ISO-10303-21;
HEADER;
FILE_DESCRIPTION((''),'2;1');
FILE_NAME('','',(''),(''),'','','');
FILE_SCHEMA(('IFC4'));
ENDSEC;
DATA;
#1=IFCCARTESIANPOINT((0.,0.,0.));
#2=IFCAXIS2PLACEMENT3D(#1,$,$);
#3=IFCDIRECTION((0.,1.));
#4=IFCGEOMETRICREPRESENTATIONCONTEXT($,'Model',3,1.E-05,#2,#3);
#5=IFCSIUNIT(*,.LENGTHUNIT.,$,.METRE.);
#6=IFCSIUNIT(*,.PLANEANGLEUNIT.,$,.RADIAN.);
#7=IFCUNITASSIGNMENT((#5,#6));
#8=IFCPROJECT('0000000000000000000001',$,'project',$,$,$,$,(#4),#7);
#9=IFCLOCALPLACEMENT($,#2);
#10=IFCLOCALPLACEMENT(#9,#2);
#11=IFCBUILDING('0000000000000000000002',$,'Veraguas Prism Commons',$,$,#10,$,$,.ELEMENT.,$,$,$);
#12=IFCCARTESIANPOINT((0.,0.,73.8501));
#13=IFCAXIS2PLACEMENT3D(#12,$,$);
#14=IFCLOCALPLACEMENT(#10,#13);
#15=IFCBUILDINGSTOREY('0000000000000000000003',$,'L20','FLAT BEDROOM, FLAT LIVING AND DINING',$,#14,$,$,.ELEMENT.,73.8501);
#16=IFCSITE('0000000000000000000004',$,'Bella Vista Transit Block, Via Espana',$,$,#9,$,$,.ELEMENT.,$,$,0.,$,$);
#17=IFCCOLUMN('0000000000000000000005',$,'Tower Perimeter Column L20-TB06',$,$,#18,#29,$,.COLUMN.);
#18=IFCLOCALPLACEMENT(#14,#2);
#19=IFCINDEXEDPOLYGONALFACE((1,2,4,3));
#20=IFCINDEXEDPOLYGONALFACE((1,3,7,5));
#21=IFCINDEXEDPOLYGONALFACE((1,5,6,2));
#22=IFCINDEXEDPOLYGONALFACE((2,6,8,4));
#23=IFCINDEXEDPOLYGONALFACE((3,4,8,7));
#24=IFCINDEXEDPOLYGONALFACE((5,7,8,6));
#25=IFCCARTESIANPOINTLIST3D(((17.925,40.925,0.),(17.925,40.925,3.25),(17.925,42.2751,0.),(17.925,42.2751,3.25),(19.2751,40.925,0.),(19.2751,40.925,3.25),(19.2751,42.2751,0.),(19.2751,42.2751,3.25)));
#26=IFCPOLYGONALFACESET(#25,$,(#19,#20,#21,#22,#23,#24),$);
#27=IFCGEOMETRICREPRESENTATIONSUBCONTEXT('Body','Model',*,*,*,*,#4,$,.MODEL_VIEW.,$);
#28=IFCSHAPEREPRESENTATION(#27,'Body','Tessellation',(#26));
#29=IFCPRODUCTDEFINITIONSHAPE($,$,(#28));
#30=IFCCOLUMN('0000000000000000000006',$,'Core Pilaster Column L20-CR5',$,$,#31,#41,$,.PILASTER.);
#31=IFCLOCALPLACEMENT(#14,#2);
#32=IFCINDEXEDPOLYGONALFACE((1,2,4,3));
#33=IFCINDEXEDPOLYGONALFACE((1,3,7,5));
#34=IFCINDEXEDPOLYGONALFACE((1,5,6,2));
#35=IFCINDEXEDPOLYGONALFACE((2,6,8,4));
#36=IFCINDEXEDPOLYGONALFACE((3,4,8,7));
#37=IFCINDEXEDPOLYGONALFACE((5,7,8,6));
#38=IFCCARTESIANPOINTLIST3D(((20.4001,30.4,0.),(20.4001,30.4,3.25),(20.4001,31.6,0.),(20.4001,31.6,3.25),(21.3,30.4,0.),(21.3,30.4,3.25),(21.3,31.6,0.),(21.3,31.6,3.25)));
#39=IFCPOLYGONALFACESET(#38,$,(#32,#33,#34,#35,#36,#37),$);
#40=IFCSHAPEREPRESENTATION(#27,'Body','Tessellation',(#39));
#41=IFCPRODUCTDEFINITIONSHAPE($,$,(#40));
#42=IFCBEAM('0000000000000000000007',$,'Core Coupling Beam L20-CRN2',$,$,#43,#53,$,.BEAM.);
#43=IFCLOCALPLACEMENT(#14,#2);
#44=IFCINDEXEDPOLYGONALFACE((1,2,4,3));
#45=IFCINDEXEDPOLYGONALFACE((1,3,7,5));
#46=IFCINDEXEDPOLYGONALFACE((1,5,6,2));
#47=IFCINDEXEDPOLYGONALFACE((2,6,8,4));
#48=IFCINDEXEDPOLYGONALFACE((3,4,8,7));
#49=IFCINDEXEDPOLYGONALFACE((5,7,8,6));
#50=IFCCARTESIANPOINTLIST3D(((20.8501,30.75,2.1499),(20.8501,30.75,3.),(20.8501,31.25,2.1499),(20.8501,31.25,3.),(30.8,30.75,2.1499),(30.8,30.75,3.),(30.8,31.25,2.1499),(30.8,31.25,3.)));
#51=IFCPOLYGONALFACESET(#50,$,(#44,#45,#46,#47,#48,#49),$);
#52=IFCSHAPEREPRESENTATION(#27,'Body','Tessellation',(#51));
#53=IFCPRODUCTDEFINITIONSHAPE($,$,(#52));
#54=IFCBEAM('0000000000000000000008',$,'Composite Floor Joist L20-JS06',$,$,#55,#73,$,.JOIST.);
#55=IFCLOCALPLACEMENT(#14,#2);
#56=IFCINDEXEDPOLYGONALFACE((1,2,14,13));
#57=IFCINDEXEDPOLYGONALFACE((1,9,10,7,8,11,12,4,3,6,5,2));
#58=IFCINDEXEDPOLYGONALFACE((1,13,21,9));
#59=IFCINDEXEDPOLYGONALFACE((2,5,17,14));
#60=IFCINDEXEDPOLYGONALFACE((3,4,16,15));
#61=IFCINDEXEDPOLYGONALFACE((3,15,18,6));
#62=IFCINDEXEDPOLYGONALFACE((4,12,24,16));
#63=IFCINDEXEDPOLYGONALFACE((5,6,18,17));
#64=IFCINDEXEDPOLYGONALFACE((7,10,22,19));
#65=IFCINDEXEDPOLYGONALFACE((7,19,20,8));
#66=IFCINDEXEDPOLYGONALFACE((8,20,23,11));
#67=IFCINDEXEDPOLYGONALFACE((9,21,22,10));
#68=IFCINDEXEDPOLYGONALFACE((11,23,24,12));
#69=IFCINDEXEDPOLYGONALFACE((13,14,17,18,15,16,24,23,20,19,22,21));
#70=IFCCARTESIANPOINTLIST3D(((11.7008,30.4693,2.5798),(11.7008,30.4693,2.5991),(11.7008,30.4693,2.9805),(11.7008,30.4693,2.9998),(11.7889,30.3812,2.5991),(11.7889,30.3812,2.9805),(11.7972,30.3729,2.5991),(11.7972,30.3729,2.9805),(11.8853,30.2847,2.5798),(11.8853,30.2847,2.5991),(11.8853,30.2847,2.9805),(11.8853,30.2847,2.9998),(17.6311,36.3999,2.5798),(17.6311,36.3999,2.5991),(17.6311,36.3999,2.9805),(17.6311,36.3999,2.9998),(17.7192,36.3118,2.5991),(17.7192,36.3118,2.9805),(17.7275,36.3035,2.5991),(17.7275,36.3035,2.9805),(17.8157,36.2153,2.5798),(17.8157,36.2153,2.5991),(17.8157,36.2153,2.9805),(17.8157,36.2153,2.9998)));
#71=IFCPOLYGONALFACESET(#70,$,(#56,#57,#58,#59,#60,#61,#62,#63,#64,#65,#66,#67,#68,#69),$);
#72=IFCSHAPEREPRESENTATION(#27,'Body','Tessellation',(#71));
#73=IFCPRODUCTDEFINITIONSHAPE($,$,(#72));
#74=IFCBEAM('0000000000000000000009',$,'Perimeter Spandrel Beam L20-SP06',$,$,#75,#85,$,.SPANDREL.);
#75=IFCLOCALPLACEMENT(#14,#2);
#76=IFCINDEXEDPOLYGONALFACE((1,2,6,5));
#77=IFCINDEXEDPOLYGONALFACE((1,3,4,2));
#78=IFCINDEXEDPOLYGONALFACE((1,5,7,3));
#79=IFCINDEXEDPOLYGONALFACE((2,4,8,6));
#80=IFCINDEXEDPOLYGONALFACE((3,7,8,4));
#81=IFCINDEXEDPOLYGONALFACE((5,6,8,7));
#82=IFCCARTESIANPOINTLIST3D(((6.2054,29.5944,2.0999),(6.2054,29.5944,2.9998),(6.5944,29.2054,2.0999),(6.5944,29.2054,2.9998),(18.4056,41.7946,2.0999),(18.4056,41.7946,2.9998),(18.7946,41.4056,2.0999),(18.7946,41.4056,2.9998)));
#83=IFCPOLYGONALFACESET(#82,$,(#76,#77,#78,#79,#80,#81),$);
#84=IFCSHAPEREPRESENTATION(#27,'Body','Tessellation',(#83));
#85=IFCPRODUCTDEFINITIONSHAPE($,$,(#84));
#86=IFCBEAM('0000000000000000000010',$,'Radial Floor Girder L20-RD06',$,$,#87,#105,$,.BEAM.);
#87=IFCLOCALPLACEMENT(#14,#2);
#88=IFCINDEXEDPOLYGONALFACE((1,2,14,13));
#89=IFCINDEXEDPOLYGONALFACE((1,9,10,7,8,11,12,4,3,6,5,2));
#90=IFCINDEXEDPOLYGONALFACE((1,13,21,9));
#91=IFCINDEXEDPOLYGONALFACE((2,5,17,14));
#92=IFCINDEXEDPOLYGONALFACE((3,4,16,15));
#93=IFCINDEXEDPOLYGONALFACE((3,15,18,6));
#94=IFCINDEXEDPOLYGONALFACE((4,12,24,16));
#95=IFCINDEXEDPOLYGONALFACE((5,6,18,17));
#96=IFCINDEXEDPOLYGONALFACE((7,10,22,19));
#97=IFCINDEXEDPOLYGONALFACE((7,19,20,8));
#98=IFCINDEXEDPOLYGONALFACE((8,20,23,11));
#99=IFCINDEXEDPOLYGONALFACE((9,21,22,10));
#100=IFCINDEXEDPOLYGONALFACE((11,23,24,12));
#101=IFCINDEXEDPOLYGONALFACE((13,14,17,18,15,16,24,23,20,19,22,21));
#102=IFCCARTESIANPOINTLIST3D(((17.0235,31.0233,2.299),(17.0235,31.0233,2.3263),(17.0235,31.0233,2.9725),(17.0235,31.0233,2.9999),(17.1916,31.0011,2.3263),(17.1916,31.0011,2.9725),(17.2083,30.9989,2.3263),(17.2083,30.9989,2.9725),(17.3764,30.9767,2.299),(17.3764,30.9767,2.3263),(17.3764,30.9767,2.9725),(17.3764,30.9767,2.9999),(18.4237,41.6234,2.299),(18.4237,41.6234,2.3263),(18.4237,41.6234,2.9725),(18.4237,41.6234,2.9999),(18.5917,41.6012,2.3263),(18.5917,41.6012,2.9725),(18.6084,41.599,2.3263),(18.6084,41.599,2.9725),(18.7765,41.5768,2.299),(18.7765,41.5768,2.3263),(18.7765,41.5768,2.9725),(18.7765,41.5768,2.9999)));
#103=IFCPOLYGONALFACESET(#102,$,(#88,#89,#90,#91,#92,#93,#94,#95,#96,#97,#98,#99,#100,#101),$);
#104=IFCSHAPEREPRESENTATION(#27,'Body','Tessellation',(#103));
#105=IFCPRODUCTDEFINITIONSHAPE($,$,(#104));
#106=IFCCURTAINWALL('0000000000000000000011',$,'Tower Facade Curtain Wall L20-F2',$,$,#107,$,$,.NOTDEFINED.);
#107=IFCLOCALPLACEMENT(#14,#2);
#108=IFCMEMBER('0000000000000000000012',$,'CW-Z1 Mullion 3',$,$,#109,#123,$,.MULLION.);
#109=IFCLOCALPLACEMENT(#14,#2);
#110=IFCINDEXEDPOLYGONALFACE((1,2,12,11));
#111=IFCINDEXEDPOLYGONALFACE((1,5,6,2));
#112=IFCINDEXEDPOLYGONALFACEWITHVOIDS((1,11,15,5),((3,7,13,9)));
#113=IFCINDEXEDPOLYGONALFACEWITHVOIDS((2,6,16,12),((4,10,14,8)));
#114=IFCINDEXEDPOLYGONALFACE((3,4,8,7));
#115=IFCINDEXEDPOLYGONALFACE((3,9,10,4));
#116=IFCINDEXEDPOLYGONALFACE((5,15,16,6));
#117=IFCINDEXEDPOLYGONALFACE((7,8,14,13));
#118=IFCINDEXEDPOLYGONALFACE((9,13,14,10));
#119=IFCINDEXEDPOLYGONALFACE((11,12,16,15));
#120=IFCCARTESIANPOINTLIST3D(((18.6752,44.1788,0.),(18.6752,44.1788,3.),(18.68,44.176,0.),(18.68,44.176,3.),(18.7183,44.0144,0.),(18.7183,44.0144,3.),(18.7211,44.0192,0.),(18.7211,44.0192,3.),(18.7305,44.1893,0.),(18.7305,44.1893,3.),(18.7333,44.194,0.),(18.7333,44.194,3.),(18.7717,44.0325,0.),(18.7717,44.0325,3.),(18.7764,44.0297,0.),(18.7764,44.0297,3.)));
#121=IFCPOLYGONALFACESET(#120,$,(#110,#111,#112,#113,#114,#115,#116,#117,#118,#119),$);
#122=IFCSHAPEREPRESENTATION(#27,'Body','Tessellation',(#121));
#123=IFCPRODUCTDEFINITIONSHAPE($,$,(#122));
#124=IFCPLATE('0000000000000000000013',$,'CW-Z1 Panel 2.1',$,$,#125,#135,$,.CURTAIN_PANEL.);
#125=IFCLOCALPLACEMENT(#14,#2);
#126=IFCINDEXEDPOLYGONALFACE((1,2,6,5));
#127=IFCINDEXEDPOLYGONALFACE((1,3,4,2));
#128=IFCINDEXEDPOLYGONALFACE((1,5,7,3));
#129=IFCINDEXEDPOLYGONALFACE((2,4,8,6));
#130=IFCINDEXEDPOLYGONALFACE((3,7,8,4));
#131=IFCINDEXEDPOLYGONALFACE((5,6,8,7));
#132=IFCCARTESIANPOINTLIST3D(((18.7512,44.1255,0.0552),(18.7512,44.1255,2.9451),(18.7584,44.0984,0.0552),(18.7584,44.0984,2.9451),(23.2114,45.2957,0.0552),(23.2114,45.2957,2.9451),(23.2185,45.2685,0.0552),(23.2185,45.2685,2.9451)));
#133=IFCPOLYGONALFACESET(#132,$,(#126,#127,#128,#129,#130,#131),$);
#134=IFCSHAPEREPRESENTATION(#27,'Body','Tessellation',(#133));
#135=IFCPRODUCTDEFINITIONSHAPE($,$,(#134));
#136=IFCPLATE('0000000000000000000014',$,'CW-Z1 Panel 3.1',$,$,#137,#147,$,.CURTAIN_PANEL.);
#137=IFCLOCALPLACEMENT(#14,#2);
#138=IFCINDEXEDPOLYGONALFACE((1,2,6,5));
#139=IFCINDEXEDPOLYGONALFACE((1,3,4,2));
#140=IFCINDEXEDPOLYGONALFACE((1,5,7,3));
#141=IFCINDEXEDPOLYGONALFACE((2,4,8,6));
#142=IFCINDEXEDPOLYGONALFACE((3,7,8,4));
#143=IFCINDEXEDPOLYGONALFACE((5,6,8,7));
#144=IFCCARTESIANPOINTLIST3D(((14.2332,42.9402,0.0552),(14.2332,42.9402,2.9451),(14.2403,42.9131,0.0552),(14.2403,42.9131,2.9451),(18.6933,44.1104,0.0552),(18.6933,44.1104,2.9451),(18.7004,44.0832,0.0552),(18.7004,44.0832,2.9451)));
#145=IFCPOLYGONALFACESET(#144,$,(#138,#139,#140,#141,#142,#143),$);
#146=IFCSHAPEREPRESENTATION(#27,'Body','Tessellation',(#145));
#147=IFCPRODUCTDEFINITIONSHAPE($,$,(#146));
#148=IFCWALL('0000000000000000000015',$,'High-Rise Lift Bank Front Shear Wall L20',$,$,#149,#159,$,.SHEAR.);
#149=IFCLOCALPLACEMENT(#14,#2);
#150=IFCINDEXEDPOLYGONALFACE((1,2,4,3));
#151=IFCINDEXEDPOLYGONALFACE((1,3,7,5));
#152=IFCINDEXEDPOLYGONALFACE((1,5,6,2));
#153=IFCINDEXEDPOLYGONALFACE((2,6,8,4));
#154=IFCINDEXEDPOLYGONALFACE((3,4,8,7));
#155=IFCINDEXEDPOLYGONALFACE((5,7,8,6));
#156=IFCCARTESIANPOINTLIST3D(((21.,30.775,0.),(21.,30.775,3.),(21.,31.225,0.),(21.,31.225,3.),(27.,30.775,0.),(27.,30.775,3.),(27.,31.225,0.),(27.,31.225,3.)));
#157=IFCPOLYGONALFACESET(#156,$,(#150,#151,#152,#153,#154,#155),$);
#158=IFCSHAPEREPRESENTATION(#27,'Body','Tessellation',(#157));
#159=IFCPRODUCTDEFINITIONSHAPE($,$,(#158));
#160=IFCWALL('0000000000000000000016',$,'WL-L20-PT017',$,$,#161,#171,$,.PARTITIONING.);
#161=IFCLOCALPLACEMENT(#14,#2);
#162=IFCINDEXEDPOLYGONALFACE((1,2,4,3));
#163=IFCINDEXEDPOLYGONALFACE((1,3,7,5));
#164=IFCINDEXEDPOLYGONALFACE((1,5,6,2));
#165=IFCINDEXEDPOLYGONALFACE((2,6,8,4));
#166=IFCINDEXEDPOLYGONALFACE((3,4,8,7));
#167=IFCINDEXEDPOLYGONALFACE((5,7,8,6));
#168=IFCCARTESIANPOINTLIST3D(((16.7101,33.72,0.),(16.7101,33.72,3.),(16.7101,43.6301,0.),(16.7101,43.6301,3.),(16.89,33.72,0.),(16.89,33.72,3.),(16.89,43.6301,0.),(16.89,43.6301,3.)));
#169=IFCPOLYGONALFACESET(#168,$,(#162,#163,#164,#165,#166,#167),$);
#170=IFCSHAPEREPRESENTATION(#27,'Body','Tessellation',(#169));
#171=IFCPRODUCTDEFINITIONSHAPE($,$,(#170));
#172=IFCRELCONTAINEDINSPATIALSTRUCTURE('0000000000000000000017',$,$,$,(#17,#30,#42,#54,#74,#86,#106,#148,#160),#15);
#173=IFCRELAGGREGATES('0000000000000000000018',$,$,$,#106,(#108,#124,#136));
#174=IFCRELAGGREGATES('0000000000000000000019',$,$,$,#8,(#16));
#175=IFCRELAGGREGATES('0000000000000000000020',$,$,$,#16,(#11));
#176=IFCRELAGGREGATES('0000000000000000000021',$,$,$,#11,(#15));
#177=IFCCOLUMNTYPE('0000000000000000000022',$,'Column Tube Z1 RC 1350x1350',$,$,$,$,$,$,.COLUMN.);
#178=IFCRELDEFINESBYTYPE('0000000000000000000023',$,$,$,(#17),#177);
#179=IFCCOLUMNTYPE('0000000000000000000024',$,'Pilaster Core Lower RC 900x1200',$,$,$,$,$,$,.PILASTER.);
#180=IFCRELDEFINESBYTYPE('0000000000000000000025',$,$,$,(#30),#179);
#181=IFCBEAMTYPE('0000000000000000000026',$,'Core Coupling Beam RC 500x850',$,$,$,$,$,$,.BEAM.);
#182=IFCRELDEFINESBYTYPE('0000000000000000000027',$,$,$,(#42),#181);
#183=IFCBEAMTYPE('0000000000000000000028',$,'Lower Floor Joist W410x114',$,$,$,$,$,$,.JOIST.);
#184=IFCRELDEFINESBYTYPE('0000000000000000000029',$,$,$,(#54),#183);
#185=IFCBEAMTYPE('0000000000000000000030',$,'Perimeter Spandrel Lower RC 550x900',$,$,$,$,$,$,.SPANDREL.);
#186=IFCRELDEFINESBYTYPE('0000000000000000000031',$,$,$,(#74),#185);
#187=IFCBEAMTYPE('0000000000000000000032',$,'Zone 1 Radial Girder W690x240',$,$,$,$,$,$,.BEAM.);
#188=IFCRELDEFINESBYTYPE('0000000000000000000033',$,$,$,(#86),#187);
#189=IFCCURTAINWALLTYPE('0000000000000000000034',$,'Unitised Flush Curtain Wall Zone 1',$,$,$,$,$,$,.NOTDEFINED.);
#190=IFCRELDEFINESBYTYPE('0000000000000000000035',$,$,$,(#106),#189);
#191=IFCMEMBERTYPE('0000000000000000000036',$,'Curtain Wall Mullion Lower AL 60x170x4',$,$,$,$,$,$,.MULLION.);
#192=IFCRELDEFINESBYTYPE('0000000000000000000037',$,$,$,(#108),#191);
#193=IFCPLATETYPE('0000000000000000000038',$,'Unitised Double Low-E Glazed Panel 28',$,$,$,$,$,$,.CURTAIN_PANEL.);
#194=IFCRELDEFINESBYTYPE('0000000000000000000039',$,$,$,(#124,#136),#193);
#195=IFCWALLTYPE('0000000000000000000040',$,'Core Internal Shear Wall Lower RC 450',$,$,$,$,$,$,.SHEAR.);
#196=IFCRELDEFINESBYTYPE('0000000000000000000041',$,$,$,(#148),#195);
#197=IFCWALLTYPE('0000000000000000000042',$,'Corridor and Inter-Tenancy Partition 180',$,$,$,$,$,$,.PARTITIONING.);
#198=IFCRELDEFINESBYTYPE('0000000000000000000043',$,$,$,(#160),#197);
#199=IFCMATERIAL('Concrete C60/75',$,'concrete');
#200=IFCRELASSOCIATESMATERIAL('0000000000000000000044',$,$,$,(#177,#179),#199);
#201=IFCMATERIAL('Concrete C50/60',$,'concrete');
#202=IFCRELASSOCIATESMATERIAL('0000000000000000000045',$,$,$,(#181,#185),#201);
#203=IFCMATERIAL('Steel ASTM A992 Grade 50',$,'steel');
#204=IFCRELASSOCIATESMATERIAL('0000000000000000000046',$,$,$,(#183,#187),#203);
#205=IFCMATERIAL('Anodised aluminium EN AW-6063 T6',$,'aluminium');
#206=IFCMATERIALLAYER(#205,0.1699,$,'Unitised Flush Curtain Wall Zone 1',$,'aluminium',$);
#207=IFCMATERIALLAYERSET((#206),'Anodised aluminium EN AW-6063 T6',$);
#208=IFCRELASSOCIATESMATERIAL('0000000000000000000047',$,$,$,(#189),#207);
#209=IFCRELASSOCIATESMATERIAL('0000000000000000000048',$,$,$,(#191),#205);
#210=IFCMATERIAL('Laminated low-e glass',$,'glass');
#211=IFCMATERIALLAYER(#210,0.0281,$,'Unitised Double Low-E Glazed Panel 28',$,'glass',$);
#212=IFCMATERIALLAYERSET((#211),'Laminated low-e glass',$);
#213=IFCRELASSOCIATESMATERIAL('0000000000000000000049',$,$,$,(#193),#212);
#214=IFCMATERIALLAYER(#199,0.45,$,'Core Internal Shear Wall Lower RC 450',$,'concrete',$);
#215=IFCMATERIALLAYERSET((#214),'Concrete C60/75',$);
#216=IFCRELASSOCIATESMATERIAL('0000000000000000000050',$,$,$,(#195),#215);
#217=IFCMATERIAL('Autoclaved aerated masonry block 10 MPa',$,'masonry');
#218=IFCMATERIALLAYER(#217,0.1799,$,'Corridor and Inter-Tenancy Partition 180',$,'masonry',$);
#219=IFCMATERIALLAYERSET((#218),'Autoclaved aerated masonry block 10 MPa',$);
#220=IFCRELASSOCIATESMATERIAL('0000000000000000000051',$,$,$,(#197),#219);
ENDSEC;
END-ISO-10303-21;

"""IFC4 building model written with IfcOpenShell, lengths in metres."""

from ifc_helpers import new_model, si_unit, direction, frame, frame_2d, origin, origin_2d, place, context, subcontext, project, spatial, rectangle, hollow_rectangle, i_section, extrude, source, transform, mapped, material, layer, layer_set, material_profile, profile_set, type_object, element, aggregate, save


model = new_model("IFC4")

# Units and contexts
model_context = context("Model", 3, precision=1e-05, world=origin(), true_north=direction((0.0, 1.0)))
body_context = subcontext(model_context, "Body", "Model", "MODEL_VIEW")
ifc_project = project(units=[si_unit("LENGTHUNIT", "METRE"), si_unit("PLANEANGLEUNIT", "RADIAN")], contexts=[model_context])

# Site, building, storey
site_placement = place(None, origin())
site = spatial("IfcSite", under=ifc_project, at=site_placement, Name="Bella Vista Transit Block, Via Espana", CompositionType="ELEMENT", RefElevation=0.0)
building_placement = place(site_placement, origin())
building = spatial("IfcBuilding", under=site, at=building_placement, Name="Veraguas Prism Commons", CompositionType="ELEMENT")
storey_placement = place(building_placement, frame((0.0, 0.0, 73.8501)))
storey = spatial("IfcBuildingStorey", under=building, at=storey_placement, Name="L20", Description="FLAT BEDROOM, FLAT LIVING AND DINING", CompositionType="ELEMENT", Elevation=73.8501)

# Columns
ifc_material_1 = material(Name="Concrete C60/75", Category="concrete")
ifc_material_profile_1 = material_profile(ifc_material_1, rectangle(XDim=1.3501, YDim=1.3501, at=origin_2d()), Name="RC1350X1350")
ifc_profile_set_1 = profile_set([ifc_material_profile_1], Name="Concrete C60/75")
column_type_1 = type_object("IfcColumnType", Name="Column Tube Z1 RC 1350x1350", PredefinedType="COLUMN", material=ifc_profile_set_1)
column_1_placement = place(storey_placement, frame((18.6001, 41.6001, 0.0), z_axis=(0.0, 0.0, 1.0), x_axis=(1.0, 0.0, 0.0)))
element("IfcColumn", 1, at=column_1_placement, inside=storey, type_object=column_type_1, Name="Tower Perimeter Column L20-TB06", PredefinedType="COLUMN", context=body_context, shape_type="SweptSolid", body=[
    extrude(rectangle(XDim=1.3501, YDim=1.3501, at=origin_2d()), origin(), (0.0, 0.0, 1.0), 3.25),
])
ifc_material_profile_2 = material_profile(ifc_material_1, rectangle(XDim=0.8999, YDim=1.2, at=origin_2d()), Name="RC900X1200")
ifc_profile_set_2 = profile_set([ifc_material_profile_2], Name="Concrete C60/75")
column_type_2 = type_object("IfcColumnType", Name="Pilaster Core Lower RC 900x1200", PredefinedType="PILASTER", material=ifc_profile_set_2)
column_2_placement = place(storey_placement, frame((20.8501, 31.0, 0.0), z_axis=(0.0, 0.0, 1.0), x_axis=(1.0, 0.0, 0.0)))
element("IfcColumn", 2, at=column_2_placement, inside=storey, type_object=column_type_2, Name="Core Pilaster Column L20-CR5", PredefinedType="PILASTER", context=body_context, shape_type="SweptSolid", body=[
    extrude(rectangle(XDim=0.8999, YDim=1.2, at=origin_2d()), origin(), (0.0, 0.0, 1.0), 3.25),
])

# Beams
ifc_material_2 = material(Name="Concrete C50/60", Category="concrete")
ifc_material_profile_3 = material_profile(ifc_material_2, rectangle(XDim=0.5, YDim=0.8501, at=origin_2d()), Name="RC500X850")
ifc_profile_set_3 = profile_set([ifc_material_profile_3], Name="Concrete C50/60")
beam_type_1 = type_object("IfcBeamType", Name="Core Coupling Beam RC 500x850", PredefinedType="BEAM", material=ifc_profile_set_3)
beam_1_placement = place(storey_placement, frame((20.8501, 31.0, 2.575), z_axis=(1.0, 0.0, 0.0), x_axis=(0.0, 1.0, 0.0)))
element("IfcBeam", 3, at=beam_1_placement, inside=storey, type_object=beam_type_1, Name="Core Coupling Beam L20-CRN2", PredefinedType="BEAM", context=body_context, shape_type="SweptSolid", body=[
    extrude(rectangle(XDim=0.5, YDim=0.8501, at=origin_2d()), origin(), (0.0, 0.0, 1.0), 9.95),
])
ifc_material_3 = material(Name="Steel ASTM A992 Grade 50", Category="steel")
ifc_material_profile_4 = material_profile(ifc_material_3, i_section(OverallWidth=0.261, OverallDepth=0.4199, WebThickness=0.0117, FlangeThickness=0.0193, at=origin_2d()), Name="W410X114")
ifc_profile_set_4 = profile_set([ifc_material_profile_4], Name="Steel ASTM A992 Grade 50")
beam_type_2 = type_object("IfcBeamType", Name="Lower Floor Joist W410x114", PredefinedType="JOIST", material=ifc_profile_set_4)
beam_2_placement = place(storey_placement, frame((17.7234, 36.3076, 2.7898), z_axis=(-0.707092, -0.707121, 0.0), x_axis=(0.707121, -0.707092, 0.0)))
element("IfcBeam", 4, at=beam_2_placement, inside=storey, type_object=beam_type_2, Name="Composite Floor Joist L20-JS06", PredefinedType="JOIST", context=body_context, shape_type="SweptSolid", body=[
    extrude(i_section(OverallWidth=0.261, OverallDepth=0.4199, WebThickness=0.0117, FlangeThickness=0.0193, at=origin_2d()), origin(), (0.0, 0.0, 1.0), 8.387),
])
ifc_material_profile_5 = material_profile(ifc_material_2, rectangle(XDim=0.55, YDim=0.8999, at=origin_2d()), Name="RC550X900")
ifc_profile_set_5 = profile_set([ifc_material_profile_5], Name="Concrete C50/60")
beam_type_3 = type_object("IfcBeamType", Name="Perimeter Spandrel Lower RC 550x900", PredefinedType="SPANDREL", material=ifc_profile_set_5)
beam_3_placement = place(storey_placement, frame((18.6001, 41.6001, 2.5498), z_axis=(-0.707107, -0.707107, 0.0), x_axis=(0.707107, -0.707107, 0.0)))
element("IfcBeam", 5, at=beam_3_placement, inside=storey, type_object=beam_type_3, Name="Perimeter Spandrel Beam L20-SP06", PredefinedType="SPANDREL", context=body_context, shape_type="SweptSolid", body=[
    extrude(rectangle(XDim=0.55, YDim=0.8999, at=origin_2d()), origin(), (0.0, 0.0, 1.0), 17.2537),
])
ifc_material_profile_6 = material_profile(ifc_material_3, i_section(OverallWidth=0.356, OverallDepth=0.7009, WebThickness=0.0168, FlangeThickness=0.0273, at=origin_2d()), Name="W690X240")
ifc_profile_set_6 = profile_set([ifc_material_profile_6], Name="Steel ASTM A992 Grade 50")
beam_type_4 = type_object("IfcBeamType", Name="Zone 1 Radial Girder W690x240", PredefinedType="BEAM", material=ifc_profile_set_6)
beam_4_placement = place(storey_placement, frame((18.6001, 41.6001, 2.6494), z_axis=(-0.130951, -0.991389, 0.0), x_axis=(0.991389, -0.130951, 0.0)))
element("IfcBeam", 6, at=beam_4_placement, inside=storey, type_object=beam_type_4, Name="Radial Floor Girder L20-RD06", PredefinedType="BEAM", context=body_context, shape_type="SweptSolid", body=[
    extrude(i_section(OverallWidth=0.356, OverallDepth=0.7009, WebThickness=0.0168, FlangeThickness=0.0273, at=origin_2d()), origin(), (0.0, 0.0, 1.0), 10.6921),
])

# Curtain wall, member, plates
ifc_material_4 = material(Name="Anodised aluminium EN AW-6063 T6", Category="aluminium")
ifc_layer_1 = layer(ifc_material_4, 0.1699, Name="Unitised Flush Curtain Wall Zone 1", Category="aluminium")
ifc_layer_set_1 = layer_set([ifc_layer_1], Name="Anodised aluminium EN AW-6063 T6")
curtain_wall_type = type_object("IfcCurtainWallType", Name="Unitised Flush Curtain Wall Zone 1", PredefinedType="NOTDEFINED", material=ifc_layer_set_1)
curtain_wall_placement = place(storey_placement, origin())
curtain_wall = element("IfcCurtainWall", 7, at=curtain_wall_placement, inside=storey, type_object=curtain_wall_type, Name="Tower Facade Curtain Wall L20-F2", PredefinedType="NOTDEFINED")
ifc_material_profile_7 = material_profile(ifc_material_4, hollow_rectangle(XDim=0.0601, YDim=0.1699, WallThickness=0.0039, at=origin_2d()), Name="AL60X170X4")
ifc_profile_set_7 = profile_set([ifc_material_profile_7], Name="Anodised aluminium EN AW-6063 T6")
member_type = type_object("IfcMemberType", Name="Curtain Wall Mullion Lower AL 60x170x4", PredefinedType="MULLION", material=ifc_profile_set_7)
shared_shape_1 = source(origin(), body_context, "Body", "SweptSolid", [
    extrude(hollow_rectangle(XDim=0.0601, YDim=0.1699, WallThickness=0.0039, at=origin_2d()), origin(), (0.0, 0.0, 1.0), 3.0),
])
member_placement = place(storey_placement, frame((18.7258, 44.1042, 0.0), z_axis=(0.0, 0.0, 1.0), x_axis=(-0.967267, -0.25376, 0.0)))
member = element("IfcMember", 8, at=member_placement, type_object=member_type, Name="CW-Z1 Mullion 3", PredefinedType="MULLION", context=body_context, shape_type="MappedRepresentation", body=[
    mapped(shared_shape_1, transform((0.0, 0.0, 0.0), scale=1.0)),
])
ifc_material_5 = material(Name="Laminated low-e glass", Category="glass")
ifc_layer_2 = layer(ifc_material_5, 0.0281, Name="Unitised Double Low-E Glazed Panel 28", Category="glass")
ifc_layer_set_2 = layer_set([ifc_layer_2], Name="Laminated low-e glass")
plate_type = type_object("IfcPlateType", Name="Unitised Double Low-E Glazed Panel 28", PredefinedType="CURTAIN_PANEL", material=ifc_layer_set_2)
shared_shape_2 = source(origin(), body_context, "Body", "SweptSolid", [
    extrude(rectangle(XDim=4.6111, YDim=0.0281, at=origin_2d()), origin(), (0.0, 0.0, 1.0), 2.8899),
])
plate_1_placement = place(storey_placement, frame((20.9849, 44.697, 0.0552), z_axis=(0.0, 0.0, 1.0), x_axis=(-0.967267, -0.25376, 0.0)))
plate_1 = element("IfcPlate", 9, at=plate_1_placement, type_object=plate_type, Name="CW-Z1 Panel 2.1", PredefinedType="CURTAIN_PANEL", context=body_context, shape_type="MappedRepresentation", body=[
    mapped(shared_shape_2, transform((0.0, 0.0, 0.0), scale=1.0)),
])
plate_2_placement = place(storey_placement, frame((16.4668, 43.5117, 0.0552), z_axis=(0.0, 0.0, 1.0), x_axis=(-0.967267, -0.25376, 0.0)))
plate_2 = element("IfcPlate", 10, at=plate_2_placement, type_object=plate_type, Name="CW-Z1 Panel 3.1", PredefinedType="CURTAIN_PANEL", context=body_context, shape_type="MappedRepresentation", body=[
    mapped(shared_shape_2, transform((0.0, 0.0, 0.0), scale=1.0)),
])
aggregate(curtain_wall, [member, plate_1, plate_2])

# Walls
ifc_layer_3 = layer(ifc_material_1, 0.45, Name="Core Internal Shear Wall Lower RC 450", Category="concrete")
ifc_layer_set_3 = layer_set([ifc_layer_3], Name="Concrete C60/75")
wall_type_1 = type_object("IfcWallType", Name="Core Internal Shear Wall Lower RC 450", PredefinedType="SHEAR", material=ifc_layer_set_3)
wall_1_placement = place(storey_placement, frame((21.0, 31.0, 0.0), z_axis=(0.0, 0.0, 1.0), x_axis=(1.0, 0.0, 0.0)))
element("IfcWall", 11, at=wall_1_placement, inside=storey, type_object=wall_type_1, Name="High-Rise Lift Bank Front Shear Wall L20", PredefinedType="SHEAR", context=body_context, shape_type="SweptSolid", body=[
    extrude(rectangle(XDim=6.0, YDim=0.45, at=frame_2d((3.0, 0.0))), origin(), (0.0, 0.0, 1.0), 3.0),
])
ifc_material_6 = material(Name="Autoclaved aerated masonry block 10 MPa", Category="masonry")
ifc_layer_4 = layer(ifc_material_6, 0.1799, Name="Corridor and Inter-Tenancy Partition 180", Category="masonry")
ifc_layer_set_4 = layer_set([ifc_layer_4], Name="Autoclaved aerated masonry block 10 MPa")
wall_type_2 = type_object("IfcWallType", Name="Corridor and Inter-Tenancy Partition 180", PredefinedType="PARTITIONING", material=ifc_layer_set_4)
wall_2_placement = place(storey_placement, frame((16.8, 33.72, 0.0), z_axis=(0.0, 0.0, 1.0), x_axis=(0.0, 1.0, 0.0)))
element("IfcWall", 12, at=wall_2_placement, inside=storey, type_object=wall_type_2, Name="WL-L20-PT017", PredefinedType="PARTITIONING", context=body_context, shape_type="SweptSolid", body=[
    extrude(rectangle(XDim=9.9102, YDim=0.1799, at=frame_2d((4.9551, 0.0))), origin(), (0.0, 0.0, 1.0), 3.0),
])

save(model, "model.ifc")
